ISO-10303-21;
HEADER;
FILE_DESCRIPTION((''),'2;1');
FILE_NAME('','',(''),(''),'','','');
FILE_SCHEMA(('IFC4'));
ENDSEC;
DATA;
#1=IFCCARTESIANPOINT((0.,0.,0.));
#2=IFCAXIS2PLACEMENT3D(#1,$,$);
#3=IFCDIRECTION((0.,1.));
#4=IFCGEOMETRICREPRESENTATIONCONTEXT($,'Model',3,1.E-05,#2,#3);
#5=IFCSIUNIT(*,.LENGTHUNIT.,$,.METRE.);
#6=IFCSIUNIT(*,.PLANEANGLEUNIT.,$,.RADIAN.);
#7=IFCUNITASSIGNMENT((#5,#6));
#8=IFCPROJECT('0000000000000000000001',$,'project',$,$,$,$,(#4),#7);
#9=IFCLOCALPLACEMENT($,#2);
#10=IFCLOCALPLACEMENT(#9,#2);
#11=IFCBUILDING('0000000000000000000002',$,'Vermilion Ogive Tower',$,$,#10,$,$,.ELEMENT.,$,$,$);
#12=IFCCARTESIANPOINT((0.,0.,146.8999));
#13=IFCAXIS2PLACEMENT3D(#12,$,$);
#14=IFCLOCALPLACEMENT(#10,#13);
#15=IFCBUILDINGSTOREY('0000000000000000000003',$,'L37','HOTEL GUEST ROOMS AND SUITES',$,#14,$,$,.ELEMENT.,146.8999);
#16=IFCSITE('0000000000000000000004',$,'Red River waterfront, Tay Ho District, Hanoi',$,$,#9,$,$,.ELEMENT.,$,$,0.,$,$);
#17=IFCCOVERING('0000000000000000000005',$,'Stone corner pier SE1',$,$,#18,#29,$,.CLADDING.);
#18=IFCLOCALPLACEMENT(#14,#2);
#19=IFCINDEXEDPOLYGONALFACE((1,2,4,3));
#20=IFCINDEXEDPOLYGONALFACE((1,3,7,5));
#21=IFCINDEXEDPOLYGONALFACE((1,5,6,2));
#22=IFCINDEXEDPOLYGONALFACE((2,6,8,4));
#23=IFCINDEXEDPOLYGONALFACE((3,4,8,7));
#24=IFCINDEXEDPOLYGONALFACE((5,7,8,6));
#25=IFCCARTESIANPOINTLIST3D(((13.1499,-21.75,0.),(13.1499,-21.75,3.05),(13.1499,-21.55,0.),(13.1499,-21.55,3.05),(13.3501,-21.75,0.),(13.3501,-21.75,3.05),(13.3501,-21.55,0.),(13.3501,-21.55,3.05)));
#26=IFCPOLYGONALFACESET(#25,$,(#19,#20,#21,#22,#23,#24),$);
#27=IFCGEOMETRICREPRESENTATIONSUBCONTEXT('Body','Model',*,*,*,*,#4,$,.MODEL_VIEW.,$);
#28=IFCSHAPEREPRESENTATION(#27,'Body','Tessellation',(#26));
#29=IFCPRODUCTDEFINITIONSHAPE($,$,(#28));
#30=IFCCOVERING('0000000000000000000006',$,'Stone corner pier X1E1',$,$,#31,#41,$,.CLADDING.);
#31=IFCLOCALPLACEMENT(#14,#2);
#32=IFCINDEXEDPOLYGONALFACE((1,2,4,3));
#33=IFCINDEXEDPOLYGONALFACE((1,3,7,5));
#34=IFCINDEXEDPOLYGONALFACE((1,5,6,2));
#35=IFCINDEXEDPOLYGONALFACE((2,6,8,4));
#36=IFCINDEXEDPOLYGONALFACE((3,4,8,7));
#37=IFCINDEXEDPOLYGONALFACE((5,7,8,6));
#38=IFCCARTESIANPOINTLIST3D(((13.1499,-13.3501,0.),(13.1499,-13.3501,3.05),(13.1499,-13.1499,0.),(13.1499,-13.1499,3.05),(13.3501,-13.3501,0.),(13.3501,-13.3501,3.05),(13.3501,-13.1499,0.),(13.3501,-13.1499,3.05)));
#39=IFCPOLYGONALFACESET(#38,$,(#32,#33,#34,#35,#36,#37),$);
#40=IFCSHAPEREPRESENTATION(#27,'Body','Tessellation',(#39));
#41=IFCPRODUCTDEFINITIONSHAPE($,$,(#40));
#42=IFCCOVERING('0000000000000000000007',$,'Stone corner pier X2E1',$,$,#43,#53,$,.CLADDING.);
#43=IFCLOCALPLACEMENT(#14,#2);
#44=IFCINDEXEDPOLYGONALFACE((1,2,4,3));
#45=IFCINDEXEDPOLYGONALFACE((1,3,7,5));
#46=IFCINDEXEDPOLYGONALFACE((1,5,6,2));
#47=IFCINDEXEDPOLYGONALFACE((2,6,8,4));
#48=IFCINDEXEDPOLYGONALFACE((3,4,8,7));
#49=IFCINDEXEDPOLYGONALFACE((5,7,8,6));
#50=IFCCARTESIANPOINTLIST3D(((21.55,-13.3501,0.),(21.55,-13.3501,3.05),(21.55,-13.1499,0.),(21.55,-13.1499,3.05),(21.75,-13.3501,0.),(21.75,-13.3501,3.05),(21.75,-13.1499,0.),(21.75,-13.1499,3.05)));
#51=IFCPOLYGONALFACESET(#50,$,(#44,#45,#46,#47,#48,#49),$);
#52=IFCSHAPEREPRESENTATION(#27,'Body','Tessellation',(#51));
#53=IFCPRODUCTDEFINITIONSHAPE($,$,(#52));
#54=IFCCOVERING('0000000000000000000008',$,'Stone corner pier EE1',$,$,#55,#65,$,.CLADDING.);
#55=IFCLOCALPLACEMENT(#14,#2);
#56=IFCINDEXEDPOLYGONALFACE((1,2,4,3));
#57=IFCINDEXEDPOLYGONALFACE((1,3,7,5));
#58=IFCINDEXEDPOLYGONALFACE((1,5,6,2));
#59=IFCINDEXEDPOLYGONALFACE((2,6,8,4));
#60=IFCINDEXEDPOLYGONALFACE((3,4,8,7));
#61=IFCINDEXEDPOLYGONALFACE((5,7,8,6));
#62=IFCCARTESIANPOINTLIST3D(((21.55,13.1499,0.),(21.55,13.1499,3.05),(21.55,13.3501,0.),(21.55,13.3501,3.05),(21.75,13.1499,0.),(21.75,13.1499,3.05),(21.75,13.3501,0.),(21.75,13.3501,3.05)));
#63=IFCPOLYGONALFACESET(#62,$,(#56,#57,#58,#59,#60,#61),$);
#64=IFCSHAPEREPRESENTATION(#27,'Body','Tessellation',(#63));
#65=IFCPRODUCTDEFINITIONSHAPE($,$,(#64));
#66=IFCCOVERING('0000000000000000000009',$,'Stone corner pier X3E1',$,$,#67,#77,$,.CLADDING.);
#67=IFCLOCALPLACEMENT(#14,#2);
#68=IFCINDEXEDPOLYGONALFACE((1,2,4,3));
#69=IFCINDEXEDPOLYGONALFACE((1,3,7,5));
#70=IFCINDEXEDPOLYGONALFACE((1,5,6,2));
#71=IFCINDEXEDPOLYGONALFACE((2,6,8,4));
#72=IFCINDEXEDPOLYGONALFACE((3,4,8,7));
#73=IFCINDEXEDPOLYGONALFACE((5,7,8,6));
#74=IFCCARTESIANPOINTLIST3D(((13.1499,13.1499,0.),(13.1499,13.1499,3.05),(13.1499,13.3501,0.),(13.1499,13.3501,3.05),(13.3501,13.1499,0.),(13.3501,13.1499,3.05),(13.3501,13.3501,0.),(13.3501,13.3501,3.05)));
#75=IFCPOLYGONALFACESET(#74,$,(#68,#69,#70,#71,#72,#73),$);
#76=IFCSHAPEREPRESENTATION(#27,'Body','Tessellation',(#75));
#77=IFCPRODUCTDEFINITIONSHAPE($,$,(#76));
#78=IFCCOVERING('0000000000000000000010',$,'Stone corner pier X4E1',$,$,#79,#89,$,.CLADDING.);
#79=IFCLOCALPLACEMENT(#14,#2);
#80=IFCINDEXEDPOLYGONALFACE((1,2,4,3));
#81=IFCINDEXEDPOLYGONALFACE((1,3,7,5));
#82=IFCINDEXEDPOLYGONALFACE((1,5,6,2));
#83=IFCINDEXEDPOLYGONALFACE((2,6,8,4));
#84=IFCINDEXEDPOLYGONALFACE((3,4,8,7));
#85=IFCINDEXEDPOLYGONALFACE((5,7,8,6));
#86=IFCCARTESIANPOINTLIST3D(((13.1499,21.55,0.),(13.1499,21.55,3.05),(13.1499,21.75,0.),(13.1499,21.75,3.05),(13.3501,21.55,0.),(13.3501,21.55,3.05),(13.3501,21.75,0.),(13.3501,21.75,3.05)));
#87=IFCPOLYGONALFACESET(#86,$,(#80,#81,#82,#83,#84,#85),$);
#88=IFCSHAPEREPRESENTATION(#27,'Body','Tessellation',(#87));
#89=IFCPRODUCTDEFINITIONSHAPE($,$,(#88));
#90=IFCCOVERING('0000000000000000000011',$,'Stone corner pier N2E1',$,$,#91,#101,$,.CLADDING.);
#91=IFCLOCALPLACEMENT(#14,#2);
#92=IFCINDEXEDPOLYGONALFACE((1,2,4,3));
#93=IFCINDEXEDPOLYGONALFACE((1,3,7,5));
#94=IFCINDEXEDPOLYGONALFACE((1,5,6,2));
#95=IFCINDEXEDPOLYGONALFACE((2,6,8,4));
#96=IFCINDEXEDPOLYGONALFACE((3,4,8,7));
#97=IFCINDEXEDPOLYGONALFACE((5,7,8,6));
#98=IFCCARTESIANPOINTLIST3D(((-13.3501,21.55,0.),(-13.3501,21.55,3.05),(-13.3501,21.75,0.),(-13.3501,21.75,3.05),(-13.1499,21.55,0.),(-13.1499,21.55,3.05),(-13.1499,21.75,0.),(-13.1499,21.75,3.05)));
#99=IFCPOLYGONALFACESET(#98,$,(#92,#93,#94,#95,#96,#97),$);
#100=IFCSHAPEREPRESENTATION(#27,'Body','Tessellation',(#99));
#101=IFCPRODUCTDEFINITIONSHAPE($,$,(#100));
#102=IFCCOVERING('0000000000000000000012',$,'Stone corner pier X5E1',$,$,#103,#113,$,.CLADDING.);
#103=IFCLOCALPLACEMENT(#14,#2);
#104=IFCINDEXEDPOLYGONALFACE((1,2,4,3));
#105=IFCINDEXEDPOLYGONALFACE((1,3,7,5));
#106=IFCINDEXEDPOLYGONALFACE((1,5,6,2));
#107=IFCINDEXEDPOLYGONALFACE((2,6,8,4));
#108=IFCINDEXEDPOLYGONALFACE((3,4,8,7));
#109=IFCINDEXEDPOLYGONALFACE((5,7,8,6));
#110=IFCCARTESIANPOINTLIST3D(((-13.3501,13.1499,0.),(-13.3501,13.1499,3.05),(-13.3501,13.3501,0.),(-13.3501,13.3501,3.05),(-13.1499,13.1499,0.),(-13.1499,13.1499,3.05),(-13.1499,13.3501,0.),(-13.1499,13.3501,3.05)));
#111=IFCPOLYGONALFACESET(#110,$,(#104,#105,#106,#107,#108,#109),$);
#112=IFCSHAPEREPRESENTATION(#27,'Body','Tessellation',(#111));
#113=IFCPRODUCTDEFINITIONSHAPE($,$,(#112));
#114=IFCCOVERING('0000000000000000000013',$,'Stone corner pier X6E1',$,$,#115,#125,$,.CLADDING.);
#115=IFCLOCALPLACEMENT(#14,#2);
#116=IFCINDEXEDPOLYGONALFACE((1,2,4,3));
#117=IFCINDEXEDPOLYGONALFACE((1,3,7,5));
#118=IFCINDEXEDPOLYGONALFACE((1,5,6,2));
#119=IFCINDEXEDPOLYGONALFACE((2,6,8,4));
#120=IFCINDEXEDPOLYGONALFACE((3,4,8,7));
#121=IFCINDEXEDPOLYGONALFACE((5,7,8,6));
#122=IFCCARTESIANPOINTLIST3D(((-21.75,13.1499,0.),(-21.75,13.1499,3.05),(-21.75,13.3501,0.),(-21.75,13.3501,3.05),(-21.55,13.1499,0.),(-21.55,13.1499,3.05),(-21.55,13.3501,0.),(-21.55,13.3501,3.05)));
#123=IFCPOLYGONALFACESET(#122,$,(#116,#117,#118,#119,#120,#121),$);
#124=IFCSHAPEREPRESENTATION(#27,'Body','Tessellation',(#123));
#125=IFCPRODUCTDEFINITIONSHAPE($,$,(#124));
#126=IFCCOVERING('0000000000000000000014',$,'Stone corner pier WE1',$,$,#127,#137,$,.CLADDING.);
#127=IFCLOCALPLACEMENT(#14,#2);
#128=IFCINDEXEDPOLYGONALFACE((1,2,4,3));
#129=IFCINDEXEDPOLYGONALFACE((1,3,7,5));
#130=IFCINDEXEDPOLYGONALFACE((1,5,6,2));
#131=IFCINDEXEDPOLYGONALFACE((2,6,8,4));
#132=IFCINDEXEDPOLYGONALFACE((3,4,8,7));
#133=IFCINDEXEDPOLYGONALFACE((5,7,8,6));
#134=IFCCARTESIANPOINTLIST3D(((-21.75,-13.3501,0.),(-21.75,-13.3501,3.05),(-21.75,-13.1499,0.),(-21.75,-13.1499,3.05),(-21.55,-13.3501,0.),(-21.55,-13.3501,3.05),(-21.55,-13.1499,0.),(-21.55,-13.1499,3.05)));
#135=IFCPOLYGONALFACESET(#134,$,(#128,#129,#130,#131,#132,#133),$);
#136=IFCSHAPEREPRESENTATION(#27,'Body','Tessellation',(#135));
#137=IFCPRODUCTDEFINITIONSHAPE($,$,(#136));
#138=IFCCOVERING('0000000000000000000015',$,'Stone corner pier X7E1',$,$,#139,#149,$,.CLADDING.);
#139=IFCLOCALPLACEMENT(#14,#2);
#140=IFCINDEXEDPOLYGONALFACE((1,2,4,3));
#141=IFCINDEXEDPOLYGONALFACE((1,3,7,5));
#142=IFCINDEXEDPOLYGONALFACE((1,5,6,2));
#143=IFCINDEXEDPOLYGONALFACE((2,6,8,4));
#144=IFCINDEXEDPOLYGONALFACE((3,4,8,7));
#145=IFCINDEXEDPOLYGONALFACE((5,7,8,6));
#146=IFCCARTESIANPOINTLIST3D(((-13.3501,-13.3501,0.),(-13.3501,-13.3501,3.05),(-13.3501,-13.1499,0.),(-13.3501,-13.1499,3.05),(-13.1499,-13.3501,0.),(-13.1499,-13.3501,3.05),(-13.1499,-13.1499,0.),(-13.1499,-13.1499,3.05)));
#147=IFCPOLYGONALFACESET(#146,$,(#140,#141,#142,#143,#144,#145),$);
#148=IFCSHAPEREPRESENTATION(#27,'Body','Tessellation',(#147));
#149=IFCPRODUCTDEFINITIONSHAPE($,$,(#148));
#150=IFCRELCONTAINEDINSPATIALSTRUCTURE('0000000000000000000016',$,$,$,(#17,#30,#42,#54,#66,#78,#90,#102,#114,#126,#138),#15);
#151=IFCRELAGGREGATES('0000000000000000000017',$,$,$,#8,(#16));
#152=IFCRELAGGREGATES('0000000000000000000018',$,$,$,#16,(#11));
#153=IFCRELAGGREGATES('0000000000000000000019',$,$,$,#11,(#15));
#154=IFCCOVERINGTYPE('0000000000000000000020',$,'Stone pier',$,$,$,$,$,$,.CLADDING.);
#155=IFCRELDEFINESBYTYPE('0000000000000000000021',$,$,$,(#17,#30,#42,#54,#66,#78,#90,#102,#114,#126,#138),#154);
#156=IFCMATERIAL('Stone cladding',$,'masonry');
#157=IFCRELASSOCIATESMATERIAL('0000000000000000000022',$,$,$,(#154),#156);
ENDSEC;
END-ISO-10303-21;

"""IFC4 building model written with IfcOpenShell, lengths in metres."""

from ifc_helpers import new_model, si_unit, direction, frame, origin, place, context, subcontext, project, spatial, polyline, outline, extrude, material, type_object, element, save


model = new_model("IFC4")

# Units and contexts
model_context = context("Model", 3, precision=1e-05, world=origin(), true_north=direction((0.0, 1.0)))
body_context = subcontext(model_context, "Body", "Model", "MODEL_VIEW")
ifc_project = project(units=[si_unit("LENGTHUNIT", "METRE"), si_unit("PLANEANGLEUNIT", "RADIAN")], contexts=[model_context])

# Site, building, storey
site_placement = place(None, origin())
site = spatial("IfcSite", under=ifc_project, at=site_placement, Name="Red River waterfront, Tay Ho District, Hanoi", CompositionType="ELEMENT", RefElevation=0.0)
building_placement = place(site_placement, origin())
building = spatial("IfcBuilding", under=site, at=building_placement, Name="Vermilion Ogive Tower", CompositionType="ELEMENT")
storey_placement = place(building_placement, frame((0.0, 0.0, 146.8999)))
storey = spatial("IfcBuildingStorey", under=building, at=storey_placement, Name="L37", Description="HOTEL GUEST ROOMS AND SUITES", CompositionType="ELEMENT", Elevation=146.8999)

# Coverings
ifc_material_1 = material(Name="Stone cladding", Category="masonry")
covering_type_1 = type_object("IfcCoveringType", Name="Stone pier", PredefinedType="CLADDING", material=ifc_material_1)
covering_1_placement = place(storey_placement, origin())
element("IfcCovering", 1, at=covering_1_placement, inside=storey, type_object=covering_type_1, Name="Stone corner pier SE1", PredefinedType="CLADDING", context=body_context, shape_type="SweptSolid", body=[
    extrude(outline(polyline([(13.1499, -21.75), (13.1499, -21.55), (13.3501, -21.55), (13.3501, -21.75), (13.1499, -21.75)])), origin(), (0.0, 0.0, 1.0), 3.05),
])
covering_2_placement = place(storey_placement, origin())
element("IfcCovering", 2, at=covering_2_placement, inside=storey, type_object=covering_type_1, Name="Stone corner pier X1E1", PredefinedType="CLADDING", context=body_context, shape_type="SweptSolid", body=[
    extrude(outline(polyline([(13.1499, -13.1499), (13.3501, -13.1499), (13.3501, -13.3501), (13.1499, -13.3501), (13.1499, -13.1499)])), origin(), (0.0, 0.0, 1.0), 3.05),
])
covering_3_placement = place(storey_placement, origin())
element("IfcCovering", 3, at=covering_3_placement, inside=storey, type_object=covering_type_1, Name="Stone corner pier X2E1", PredefinedType="CLADDING", context=body_context, shape_type="SweptSolid", body=[
    extrude(outline(polyline([(21.55, -13.3501), (21.55, -13.1499), (21.75, -13.1499), (21.75, -13.3501), (21.55, -13.3501)])), origin(), (0.0, 0.0, 1.0), 3.05),
])
covering_4_placement = place(storey_placement, origin())
element("IfcCovering", 4, at=covering_4_placement, inside=storey, type_object=covering_type_1, Name="Stone corner pier EE1", PredefinedType="CLADDING", context=body_context, shape_type="SweptSolid", body=[
    extrude(outline(polyline([(21.75, 13.1499), (21.55, 13.1499), (21.55, 13.3501), (21.75, 13.3501), (21.75, 13.1499)])), origin(), (0.0, 0.0, 1.0), 3.05),
])
covering_5_placement = place(storey_placement, origin())
element("IfcCovering", 5, at=covering_5_placement, inside=storey, type_object=covering_type_1, Name="Stone corner pier X3E1", PredefinedType="CLADDING", context=body_context, shape_type="SweptSolid", body=[
    extrude(outline(polyline([(13.1499, 13.1499), (13.1499, 13.3501), (13.3501, 13.3501), (13.3501, 13.1499), (13.1499, 13.1499)])), origin(), (0.0, 0.0, 1.0), 3.05),
])
covering_6_placement = place(storey_placement, origin())
element("IfcCovering", 6, at=covering_6_placement, inside=storey, type_object=covering_type_1, Name="Stone corner pier X4E1", PredefinedType="CLADDING", context=body_context, shape_type="SweptSolid", body=[
    extrude(outline(polyline([(13.3501, 21.55), (13.1499, 21.55), (13.1499, 21.75), (13.3501, 21.75), (13.3501, 21.55)])), origin(), (0.0, 0.0, 1.0), 3.05),
])
covering_7_placement = place(storey_placement, origin())
element("IfcCovering", 7, at=covering_7_placement, inside=storey, type_object=covering_type_1, Name="Stone corner pier N2E1", PredefinedType="CLADDING", context=body_context, shape_type="SweptSolid", body=[
    extrude(outline(polyline([(-13.1499, 21.75), (-13.1499, 21.55), (-13.3501, 21.55), (-13.3501, 21.75), (-13.1499, 21.75)])), origin(), (0.0, 0.0, 1.0), 3.05),
])
covering_8_placement = place(storey_placement, origin())
element("IfcCovering", 8, at=covering_8_placement, inside=storey, type_object=covering_type_1, Name="Stone corner pier X5E1", PredefinedType="CLADDING", context=body_context, shape_type="SweptSolid", body=[
    extrude(outline(polyline([(-13.1499, 13.1499), (-13.3501, 13.1499), (-13.3501, 13.3501), (-13.1499, 13.3501), (-13.1499, 13.1499)])), origin(), (0.0, 0.0, 1.0), 3.05),
])
covering_9_placement = place(storey_placement, origin())
element("IfcCovering", 9, at=covering_9_placement, inside=storey, type_object=covering_type_1, Name="Stone corner pier X6E1", PredefinedType="CLADDING", context=body_context, shape_type="SweptSolid", body=[
    extrude(outline(polyline([(-21.55, 13.3501), (-21.55, 13.1499), (-21.75, 13.1499), (-21.75, 13.3501), (-21.55, 13.3501)])), origin(), (0.0, 0.0, 1.0), 3.05),
])
covering_10_placement = place(storey_placement, origin())
element("IfcCovering", 10, at=covering_10_placement, inside=storey, type_object=covering_type_1, Name="Stone corner pier WE1", PredefinedType="CLADDING", context=body_context, shape_type="SweptSolid", body=[
    extrude(outline(polyline([(-21.75, -13.1499), (-21.55, -13.1499), (-21.55, -13.3501), (-21.75, -13.3501), (-21.75, -13.1499)])), origin(), (0.0, 0.0, 1.0), 3.05),
])
covering_11_placement = place(storey_placement, origin())
element("IfcCovering", 11, at=covering_11_placement, inside=storey, type_object=covering_type_1, Name="Stone corner pier X7E1", PredefinedType="CLADDING", context=body_context, shape_type="SweptSolid", body=[
    extrude(outline(polyline([(-13.1499, -13.1499), (-13.1499, -13.3501), (-13.3501, -13.3501), (-13.3501, -13.1499), (-13.1499, -13.1499)])), origin(), (0.0, 0.0, 1.0), 3.05),
])

save(model, "model.ifc")
